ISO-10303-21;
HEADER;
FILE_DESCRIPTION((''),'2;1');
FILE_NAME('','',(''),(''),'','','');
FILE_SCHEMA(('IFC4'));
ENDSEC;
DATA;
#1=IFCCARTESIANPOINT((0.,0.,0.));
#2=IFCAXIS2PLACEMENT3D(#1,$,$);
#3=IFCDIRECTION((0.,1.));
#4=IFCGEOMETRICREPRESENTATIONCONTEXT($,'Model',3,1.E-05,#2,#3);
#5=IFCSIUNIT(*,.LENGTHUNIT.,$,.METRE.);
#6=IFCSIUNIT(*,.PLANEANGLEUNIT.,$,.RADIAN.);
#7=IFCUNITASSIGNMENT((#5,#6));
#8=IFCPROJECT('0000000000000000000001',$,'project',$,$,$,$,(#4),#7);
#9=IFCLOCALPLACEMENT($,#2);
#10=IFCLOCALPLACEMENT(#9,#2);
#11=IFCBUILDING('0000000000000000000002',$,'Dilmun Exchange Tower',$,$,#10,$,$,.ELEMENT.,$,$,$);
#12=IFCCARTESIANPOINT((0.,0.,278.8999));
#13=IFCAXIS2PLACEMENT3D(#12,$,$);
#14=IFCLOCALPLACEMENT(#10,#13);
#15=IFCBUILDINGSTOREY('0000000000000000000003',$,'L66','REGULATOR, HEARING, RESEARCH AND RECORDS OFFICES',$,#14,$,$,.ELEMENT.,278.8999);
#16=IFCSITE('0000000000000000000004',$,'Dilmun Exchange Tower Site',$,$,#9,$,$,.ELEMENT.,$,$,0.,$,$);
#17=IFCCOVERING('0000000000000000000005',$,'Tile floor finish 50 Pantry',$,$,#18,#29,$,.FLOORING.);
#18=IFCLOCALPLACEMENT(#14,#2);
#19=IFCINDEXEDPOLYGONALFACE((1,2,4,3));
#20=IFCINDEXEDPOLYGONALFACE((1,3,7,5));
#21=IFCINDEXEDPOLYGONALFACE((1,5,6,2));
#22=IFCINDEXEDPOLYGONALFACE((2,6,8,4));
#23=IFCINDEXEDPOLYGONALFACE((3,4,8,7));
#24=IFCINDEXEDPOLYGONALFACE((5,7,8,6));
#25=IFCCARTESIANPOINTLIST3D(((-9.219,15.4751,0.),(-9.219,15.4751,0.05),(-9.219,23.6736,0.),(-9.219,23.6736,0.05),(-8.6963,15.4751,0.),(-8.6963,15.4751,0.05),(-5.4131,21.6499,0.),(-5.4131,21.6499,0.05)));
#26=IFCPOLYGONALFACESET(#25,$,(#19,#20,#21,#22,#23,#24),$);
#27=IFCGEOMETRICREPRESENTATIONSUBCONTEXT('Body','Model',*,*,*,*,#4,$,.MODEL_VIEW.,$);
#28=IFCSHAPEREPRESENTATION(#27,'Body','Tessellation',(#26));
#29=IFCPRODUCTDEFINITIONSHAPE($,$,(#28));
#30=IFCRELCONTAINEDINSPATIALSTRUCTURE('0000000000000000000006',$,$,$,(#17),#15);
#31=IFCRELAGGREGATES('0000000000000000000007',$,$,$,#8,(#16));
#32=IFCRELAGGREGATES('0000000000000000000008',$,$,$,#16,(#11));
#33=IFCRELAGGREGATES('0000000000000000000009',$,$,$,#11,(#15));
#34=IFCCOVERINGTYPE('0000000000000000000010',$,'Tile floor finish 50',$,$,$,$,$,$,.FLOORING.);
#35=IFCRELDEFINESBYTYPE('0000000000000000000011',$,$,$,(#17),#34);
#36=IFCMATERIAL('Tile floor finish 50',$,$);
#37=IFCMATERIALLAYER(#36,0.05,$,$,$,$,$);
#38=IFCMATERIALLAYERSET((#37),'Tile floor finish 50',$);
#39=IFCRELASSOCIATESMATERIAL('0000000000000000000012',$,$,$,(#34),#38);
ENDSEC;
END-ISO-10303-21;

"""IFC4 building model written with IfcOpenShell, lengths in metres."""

from ifc_helpers import new_model, si_unit, direction, frame, origin, place, context, subcontext, project, spatial, polyline, outline, extrude, material, layer, layer_set, type_object, element, save


model = new_model("IFC4")

# Units and contexts
model_context = context("Model", 3, precision=1e-05, world=origin(), true_north=direction((0.0, 1.0)))
body_context = subcontext(model_context, "Body", "Model", "MODEL_VIEW")
ifc_project = project(units=[si_unit("LENGTHUNIT", "METRE"), si_unit("PLANEANGLEUNIT", "RADIAN")], contexts=[model_context])

# Site, building, storey
site_placement = place(None, origin())
site = spatial("IfcSite", under=ifc_project, at=site_placement, Name="Dilmun Exchange Tower Site", CompositionType="ELEMENT", RefElevation=0.0)
building_placement = place(site_placement, origin())
building = spatial("IfcBuilding", under=site, at=building_placement, Name="Dilmun Exchange Tower", CompositionType="ELEMENT")
storey_placement = place(building_placement, frame((0.0, 0.0, 278.8999)))
storey = spatial("IfcBuildingStorey", under=building, at=storey_placement, Name="L66", Description="REGULATOR, HEARING, RESEARCH AND RECORDS OFFICES", CompositionType="ELEMENT", Elevation=278.8999)

# Covering
ifc_material_1 = material(Name="Tile floor finish 50")
ifc_layer_1 = layer(ifc_material_1, 0.05)
ifc_layer_set_1 = layer_set([ifc_layer_1], Name="Tile floor finish 50")
covering_type_1 = type_object("IfcCoveringType", Name="Tile floor finish 50", PredefinedType="FLOORING", material=ifc_layer_set_1)
covering_1_placement = place(storey_placement, origin())
element("IfcCovering", 1, at=covering_1_placement, inside=storey, type_object=covering_type_1, Name="Tile floor finish 50 Pantry", PredefinedType="FLOORING", context=body_context, shape_type="SweptSolid", body=[
    extrude(outline(polyline([(-5.4131, 21.6499), (-8.6963, 15.4751), (-9.219, 15.4751), (-9.219, 23.6736), (-5.4131, 21.6499)])), origin(), (0.0, 0.0, 1.0), 0.05),
])

save(model, "model.ifc")
